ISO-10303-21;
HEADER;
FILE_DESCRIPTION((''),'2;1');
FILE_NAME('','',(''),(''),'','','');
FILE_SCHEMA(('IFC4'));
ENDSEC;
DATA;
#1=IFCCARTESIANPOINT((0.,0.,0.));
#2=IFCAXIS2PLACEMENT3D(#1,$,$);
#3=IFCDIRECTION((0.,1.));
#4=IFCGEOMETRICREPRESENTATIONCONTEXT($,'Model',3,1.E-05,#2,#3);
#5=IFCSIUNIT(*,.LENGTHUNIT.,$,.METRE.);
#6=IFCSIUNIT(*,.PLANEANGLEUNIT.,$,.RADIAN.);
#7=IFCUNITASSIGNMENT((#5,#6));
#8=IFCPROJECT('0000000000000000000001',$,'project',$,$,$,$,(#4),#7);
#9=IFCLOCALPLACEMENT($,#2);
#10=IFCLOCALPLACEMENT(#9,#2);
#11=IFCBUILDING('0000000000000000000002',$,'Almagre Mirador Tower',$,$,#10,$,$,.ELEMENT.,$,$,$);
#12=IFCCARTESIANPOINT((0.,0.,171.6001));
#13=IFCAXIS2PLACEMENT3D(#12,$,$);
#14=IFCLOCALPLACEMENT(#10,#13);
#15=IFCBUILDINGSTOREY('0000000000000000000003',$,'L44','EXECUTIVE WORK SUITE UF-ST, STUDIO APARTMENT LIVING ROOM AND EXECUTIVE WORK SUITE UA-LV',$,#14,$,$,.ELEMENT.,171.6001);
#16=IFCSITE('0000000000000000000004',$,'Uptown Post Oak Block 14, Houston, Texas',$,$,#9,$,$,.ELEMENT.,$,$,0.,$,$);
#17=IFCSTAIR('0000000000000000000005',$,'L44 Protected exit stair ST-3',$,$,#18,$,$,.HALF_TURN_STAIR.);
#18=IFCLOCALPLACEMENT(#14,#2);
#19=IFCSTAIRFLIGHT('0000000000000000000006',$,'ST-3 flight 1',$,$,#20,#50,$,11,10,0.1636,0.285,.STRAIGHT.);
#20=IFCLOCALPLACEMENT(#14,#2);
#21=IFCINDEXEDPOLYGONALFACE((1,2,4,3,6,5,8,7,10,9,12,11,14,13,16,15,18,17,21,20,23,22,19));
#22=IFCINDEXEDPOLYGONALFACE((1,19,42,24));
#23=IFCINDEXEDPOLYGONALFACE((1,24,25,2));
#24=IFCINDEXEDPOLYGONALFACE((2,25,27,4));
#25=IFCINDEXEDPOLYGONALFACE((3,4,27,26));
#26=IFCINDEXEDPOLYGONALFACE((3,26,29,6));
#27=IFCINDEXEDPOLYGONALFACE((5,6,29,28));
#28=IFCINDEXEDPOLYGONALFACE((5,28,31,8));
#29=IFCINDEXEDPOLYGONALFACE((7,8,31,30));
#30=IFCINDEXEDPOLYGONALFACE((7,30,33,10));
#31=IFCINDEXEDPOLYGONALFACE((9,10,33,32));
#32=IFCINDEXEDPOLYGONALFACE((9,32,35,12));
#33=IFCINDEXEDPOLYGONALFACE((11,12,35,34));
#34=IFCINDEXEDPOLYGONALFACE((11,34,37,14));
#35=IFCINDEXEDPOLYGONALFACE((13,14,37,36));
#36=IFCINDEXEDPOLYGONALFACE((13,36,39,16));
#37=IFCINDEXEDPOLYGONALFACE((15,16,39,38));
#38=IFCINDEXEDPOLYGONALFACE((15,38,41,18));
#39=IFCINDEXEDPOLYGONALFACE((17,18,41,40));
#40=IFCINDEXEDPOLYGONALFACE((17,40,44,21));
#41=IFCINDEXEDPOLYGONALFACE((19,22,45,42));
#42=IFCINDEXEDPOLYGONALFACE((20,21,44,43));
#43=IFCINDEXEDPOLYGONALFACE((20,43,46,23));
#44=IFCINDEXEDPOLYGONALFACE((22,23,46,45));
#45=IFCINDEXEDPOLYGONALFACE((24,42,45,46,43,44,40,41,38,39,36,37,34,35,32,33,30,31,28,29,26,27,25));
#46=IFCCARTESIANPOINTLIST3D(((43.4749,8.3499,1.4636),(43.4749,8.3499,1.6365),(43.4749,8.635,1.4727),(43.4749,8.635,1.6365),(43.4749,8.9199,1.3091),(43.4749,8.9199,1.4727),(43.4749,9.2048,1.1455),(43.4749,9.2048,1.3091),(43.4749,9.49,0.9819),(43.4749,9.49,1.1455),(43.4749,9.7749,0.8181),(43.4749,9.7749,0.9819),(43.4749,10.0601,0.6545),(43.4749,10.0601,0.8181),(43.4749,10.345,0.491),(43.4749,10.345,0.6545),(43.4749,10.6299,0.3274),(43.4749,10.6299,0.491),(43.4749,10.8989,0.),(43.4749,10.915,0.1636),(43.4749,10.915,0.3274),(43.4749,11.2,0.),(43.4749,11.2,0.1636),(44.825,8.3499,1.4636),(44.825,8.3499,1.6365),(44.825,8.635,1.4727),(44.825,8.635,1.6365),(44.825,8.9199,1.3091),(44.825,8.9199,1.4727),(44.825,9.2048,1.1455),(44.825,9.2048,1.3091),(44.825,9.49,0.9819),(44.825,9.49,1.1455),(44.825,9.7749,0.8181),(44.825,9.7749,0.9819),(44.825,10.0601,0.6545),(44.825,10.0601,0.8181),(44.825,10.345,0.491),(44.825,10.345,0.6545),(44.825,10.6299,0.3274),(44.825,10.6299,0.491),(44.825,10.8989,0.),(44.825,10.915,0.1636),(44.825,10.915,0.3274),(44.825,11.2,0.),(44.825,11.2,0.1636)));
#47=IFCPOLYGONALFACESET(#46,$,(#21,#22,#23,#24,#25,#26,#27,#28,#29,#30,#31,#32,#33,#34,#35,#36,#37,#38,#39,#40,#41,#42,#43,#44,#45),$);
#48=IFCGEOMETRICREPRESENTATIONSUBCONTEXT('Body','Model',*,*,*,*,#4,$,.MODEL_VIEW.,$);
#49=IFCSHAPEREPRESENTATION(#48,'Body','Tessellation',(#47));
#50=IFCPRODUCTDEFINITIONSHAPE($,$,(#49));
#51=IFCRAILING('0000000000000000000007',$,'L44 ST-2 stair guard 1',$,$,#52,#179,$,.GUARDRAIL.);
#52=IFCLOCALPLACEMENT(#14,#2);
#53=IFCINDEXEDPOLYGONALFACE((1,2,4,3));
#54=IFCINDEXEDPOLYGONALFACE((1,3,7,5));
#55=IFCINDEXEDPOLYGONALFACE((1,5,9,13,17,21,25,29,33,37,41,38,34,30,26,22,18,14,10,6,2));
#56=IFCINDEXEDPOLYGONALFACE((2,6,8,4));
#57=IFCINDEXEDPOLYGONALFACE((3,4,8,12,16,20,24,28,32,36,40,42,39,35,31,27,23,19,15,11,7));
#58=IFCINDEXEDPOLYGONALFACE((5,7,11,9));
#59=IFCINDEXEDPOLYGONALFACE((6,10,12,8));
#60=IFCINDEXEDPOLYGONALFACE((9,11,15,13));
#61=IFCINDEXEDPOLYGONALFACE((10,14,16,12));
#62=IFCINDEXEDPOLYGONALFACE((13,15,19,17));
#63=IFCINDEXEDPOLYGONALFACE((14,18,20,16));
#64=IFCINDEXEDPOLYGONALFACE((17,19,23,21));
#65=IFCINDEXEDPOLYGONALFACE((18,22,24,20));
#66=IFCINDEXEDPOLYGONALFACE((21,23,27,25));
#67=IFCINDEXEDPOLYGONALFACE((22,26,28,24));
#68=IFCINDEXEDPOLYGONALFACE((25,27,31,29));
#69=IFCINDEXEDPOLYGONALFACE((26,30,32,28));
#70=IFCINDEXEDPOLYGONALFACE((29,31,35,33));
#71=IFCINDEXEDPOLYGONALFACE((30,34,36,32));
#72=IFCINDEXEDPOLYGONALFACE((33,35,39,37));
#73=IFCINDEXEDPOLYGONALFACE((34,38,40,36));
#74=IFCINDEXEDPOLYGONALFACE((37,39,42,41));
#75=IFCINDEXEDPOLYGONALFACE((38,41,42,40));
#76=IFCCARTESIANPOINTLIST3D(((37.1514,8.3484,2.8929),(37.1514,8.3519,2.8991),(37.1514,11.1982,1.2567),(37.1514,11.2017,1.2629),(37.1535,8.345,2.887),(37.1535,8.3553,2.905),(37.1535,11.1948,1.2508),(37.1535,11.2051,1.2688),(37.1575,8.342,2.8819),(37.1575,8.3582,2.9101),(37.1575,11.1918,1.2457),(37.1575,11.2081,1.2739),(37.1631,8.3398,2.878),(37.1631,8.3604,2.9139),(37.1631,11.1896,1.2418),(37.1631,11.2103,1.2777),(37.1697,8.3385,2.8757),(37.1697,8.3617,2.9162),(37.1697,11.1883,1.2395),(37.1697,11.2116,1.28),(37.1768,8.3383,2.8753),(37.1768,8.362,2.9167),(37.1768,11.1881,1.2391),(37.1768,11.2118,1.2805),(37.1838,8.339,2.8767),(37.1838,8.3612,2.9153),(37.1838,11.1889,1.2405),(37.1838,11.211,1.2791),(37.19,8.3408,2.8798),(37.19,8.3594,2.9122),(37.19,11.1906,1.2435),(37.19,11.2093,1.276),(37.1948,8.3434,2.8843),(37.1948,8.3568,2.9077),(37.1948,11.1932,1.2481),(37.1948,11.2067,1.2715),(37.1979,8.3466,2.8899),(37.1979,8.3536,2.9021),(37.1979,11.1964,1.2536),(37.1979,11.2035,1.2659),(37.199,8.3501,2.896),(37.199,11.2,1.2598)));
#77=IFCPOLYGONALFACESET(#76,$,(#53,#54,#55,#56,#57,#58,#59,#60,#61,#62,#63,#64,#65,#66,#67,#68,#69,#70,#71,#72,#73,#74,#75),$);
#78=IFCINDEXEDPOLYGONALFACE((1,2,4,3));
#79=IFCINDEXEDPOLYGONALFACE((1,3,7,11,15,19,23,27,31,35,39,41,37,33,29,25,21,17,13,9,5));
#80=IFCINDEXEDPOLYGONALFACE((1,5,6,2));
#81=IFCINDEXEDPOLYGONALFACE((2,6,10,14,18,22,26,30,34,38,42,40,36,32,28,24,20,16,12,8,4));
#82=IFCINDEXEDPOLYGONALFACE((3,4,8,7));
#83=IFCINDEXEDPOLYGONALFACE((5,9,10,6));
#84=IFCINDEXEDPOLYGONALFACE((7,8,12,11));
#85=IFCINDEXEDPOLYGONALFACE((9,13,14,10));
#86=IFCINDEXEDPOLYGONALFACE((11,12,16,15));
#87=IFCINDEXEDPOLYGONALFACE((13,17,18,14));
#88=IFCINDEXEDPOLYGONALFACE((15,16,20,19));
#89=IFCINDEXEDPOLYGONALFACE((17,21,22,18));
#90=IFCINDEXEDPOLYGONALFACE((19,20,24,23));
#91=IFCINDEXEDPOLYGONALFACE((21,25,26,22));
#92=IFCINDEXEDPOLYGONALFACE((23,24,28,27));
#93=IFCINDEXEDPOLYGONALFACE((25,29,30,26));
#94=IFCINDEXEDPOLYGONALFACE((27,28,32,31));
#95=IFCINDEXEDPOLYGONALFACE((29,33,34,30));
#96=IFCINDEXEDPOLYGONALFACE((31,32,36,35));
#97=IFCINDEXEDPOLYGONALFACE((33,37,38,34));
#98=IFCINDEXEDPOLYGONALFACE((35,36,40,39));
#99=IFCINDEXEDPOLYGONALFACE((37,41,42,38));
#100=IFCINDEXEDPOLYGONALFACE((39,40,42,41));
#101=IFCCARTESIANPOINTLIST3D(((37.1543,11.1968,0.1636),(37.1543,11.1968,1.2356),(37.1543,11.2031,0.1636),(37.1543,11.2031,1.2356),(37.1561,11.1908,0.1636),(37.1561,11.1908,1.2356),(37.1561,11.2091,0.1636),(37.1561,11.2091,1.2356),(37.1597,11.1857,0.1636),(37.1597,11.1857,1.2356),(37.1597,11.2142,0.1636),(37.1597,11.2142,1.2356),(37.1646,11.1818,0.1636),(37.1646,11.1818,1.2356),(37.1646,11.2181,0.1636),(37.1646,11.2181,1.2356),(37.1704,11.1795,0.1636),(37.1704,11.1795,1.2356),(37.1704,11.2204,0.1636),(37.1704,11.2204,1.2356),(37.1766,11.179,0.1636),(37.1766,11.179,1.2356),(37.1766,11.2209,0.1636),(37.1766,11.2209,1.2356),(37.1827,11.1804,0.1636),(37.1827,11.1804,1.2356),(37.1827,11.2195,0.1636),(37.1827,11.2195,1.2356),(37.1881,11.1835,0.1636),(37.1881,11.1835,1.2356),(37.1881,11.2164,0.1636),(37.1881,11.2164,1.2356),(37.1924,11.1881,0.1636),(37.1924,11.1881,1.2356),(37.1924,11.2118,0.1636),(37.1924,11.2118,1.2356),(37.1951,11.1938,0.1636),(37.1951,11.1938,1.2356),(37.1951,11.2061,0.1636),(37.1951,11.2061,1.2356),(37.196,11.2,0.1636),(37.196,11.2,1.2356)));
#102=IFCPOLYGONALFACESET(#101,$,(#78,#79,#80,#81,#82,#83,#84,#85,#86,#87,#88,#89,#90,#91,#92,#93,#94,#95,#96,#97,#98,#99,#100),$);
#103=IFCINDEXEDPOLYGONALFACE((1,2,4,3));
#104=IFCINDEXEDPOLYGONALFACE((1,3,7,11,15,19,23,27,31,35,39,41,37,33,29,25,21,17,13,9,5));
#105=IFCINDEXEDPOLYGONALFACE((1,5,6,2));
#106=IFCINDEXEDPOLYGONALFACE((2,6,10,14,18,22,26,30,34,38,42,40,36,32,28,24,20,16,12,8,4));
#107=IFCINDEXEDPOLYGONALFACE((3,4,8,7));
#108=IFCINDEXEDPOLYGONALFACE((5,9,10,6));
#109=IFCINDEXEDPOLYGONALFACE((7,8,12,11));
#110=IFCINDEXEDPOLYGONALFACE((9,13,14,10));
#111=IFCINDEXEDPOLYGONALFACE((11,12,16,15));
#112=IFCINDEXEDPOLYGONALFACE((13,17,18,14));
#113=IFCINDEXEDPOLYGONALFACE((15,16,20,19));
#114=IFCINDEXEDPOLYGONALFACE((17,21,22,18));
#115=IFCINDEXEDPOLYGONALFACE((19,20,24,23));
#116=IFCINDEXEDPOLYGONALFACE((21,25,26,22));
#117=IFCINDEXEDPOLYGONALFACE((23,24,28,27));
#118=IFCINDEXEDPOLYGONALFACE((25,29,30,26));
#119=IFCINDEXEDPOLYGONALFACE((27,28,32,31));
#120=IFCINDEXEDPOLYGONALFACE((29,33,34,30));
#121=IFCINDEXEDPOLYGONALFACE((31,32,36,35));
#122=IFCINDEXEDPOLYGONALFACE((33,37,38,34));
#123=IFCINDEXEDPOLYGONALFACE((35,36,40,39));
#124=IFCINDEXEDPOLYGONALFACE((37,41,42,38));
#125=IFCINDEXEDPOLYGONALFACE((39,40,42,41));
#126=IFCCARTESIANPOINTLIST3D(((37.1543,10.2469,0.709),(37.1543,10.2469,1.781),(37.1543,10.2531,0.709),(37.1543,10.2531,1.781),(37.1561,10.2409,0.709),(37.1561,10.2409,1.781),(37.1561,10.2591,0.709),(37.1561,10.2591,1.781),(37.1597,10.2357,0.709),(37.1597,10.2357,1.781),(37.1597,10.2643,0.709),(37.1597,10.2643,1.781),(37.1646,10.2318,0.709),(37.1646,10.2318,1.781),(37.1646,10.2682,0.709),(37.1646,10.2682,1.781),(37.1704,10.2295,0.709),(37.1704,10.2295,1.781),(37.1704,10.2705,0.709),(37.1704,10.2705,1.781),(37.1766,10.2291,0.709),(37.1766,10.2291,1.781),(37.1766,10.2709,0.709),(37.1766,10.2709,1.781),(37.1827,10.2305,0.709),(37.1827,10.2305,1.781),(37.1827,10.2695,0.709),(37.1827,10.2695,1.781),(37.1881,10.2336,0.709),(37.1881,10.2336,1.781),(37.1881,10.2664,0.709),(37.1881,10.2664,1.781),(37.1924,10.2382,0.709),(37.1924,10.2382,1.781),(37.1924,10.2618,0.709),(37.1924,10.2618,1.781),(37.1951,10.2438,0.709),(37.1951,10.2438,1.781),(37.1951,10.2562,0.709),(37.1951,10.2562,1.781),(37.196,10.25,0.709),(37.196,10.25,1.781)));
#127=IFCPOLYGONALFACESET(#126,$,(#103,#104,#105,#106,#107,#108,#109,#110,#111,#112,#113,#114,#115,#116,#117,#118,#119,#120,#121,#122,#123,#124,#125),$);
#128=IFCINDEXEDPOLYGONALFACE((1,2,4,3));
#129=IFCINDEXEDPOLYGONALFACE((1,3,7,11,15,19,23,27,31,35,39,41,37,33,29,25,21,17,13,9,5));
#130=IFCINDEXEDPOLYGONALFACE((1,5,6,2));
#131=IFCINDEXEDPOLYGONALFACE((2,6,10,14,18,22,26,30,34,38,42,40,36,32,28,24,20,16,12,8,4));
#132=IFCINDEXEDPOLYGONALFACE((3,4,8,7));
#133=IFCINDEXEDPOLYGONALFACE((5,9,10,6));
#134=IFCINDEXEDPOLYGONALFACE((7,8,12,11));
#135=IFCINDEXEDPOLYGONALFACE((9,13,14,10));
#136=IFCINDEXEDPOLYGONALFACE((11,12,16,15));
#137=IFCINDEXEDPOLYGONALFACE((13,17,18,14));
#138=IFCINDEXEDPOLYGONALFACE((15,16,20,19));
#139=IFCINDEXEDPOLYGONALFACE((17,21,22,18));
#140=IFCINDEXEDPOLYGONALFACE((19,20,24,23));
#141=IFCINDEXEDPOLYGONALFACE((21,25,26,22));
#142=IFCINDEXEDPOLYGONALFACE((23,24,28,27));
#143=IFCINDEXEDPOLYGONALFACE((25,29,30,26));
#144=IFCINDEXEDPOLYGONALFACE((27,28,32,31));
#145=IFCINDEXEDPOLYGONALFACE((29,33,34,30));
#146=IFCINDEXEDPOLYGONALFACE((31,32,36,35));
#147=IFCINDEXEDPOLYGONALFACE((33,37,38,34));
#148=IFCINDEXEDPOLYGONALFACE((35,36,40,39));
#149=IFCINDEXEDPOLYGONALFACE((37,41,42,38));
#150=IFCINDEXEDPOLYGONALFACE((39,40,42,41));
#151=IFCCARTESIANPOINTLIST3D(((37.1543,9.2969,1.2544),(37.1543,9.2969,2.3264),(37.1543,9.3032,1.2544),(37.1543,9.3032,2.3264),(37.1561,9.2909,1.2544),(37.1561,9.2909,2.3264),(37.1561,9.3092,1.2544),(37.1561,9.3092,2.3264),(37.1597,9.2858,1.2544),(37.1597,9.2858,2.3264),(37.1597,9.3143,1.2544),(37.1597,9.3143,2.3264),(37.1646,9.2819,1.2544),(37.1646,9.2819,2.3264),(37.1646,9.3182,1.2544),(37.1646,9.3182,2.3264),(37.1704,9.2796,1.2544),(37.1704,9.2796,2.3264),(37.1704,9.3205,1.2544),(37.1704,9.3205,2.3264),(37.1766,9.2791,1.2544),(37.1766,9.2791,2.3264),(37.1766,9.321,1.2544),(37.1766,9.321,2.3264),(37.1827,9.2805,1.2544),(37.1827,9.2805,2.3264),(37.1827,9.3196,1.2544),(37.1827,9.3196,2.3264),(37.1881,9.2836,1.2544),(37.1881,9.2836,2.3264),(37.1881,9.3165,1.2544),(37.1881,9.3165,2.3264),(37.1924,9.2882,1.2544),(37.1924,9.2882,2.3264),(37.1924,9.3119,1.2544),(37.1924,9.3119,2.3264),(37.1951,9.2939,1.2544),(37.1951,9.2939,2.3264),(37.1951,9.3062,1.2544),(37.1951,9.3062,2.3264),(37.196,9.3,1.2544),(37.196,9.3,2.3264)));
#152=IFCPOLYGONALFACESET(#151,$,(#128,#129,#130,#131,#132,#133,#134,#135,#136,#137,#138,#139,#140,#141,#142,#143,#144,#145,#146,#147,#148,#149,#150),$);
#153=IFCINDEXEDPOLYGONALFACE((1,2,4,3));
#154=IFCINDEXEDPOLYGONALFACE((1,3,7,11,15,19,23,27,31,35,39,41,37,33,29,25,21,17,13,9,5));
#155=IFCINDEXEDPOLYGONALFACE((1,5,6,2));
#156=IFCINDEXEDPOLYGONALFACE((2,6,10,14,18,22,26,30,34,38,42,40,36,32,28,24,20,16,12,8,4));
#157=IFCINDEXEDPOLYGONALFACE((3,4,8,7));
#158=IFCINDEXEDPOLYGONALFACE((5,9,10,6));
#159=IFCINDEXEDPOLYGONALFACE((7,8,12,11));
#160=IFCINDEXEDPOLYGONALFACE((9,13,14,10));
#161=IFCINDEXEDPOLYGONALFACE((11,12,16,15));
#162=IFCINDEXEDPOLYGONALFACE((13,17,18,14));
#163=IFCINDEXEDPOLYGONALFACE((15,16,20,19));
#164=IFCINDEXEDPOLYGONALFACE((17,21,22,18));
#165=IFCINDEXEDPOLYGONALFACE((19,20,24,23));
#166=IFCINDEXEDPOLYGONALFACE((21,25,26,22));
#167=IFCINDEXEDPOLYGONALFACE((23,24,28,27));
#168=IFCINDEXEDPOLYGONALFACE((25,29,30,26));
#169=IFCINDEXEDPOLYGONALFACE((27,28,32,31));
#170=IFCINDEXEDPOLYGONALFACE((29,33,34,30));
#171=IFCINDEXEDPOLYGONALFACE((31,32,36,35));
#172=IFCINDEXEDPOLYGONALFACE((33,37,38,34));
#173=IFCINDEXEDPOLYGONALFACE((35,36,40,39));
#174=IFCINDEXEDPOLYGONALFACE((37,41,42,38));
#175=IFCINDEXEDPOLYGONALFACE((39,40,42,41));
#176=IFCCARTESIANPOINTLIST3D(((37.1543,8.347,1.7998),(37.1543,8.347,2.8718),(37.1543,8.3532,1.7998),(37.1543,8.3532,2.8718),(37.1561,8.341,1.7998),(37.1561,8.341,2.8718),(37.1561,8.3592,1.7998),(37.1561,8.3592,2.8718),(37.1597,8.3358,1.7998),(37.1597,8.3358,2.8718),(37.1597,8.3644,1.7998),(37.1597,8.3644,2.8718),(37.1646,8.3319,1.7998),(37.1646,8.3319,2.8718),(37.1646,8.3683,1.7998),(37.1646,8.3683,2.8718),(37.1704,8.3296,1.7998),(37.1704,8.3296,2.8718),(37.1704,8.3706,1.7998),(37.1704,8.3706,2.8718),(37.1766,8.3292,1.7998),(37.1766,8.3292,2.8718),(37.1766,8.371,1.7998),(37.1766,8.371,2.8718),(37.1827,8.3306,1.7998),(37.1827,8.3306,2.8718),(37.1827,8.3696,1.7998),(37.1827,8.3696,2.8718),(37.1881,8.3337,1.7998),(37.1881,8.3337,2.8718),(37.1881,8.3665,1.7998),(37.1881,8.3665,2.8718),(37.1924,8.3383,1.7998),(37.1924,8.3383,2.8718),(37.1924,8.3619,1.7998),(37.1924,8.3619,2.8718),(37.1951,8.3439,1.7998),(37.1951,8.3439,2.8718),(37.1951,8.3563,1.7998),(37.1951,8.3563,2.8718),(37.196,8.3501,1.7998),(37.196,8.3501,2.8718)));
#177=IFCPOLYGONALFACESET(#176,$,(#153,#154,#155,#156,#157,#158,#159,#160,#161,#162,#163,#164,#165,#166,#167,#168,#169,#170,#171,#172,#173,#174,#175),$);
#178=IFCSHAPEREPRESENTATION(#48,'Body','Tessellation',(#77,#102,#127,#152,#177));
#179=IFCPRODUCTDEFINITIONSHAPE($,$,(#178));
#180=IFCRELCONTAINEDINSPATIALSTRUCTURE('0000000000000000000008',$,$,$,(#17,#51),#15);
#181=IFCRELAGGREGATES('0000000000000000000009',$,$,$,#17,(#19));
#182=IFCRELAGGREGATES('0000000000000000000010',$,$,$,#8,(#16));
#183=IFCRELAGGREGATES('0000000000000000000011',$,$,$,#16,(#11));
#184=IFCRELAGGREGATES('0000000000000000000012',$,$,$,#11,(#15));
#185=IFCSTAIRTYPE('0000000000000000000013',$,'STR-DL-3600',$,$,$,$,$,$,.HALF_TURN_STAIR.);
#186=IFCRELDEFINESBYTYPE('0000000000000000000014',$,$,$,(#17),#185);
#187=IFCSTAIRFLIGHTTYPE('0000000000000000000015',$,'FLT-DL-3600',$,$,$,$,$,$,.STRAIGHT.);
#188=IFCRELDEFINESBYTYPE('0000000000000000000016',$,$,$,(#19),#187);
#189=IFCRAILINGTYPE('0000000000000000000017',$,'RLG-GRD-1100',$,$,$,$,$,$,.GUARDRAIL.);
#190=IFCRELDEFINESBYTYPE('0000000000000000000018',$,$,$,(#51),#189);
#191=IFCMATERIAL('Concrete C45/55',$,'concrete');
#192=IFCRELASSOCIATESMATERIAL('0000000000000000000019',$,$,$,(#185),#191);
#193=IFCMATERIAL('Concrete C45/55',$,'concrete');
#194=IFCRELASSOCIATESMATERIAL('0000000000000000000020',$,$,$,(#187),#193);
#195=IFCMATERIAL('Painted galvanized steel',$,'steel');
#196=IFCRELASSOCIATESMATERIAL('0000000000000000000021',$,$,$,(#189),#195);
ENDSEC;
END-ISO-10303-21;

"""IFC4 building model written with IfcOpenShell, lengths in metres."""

from ifc_helpers import new_model, si_unit, direction, frame, origin, origin_2d, place, context, subcontext, project, spatial, polyline, circle, outline, extrude, material, type_object, element, aggregate, save


model = new_model("IFC4")

# Units and contexts
model_context = context("Model", 3, precision=1e-05, world=origin(), true_north=direction((0.0, 1.0)))
body_context = subcontext(model_context, "Body", "Model", "MODEL_VIEW")
ifc_project = project(units=[si_unit("LENGTHUNIT", "METRE"), si_unit("PLANEANGLEUNIT", "RADIAN")], contexts=[model_context])

# Site, building, storey
site_placement = place(None, origin())
site = spatial("IfcSite", under=ifc_project, at=site_placement, Name="Uptown Post Oak Block 14, Houston, Texas", CompositionType="ELEMENT", RefElevation=0.0)
building_placement = place(site_placement, origin())
building = spatial("IfcBuilding", under=site, at=building_placement, Name="Almagre Mirador Tower", CompositionType="ELEMENT")
storey_placement = place(building_placement, frame((0.0, 0.0, 171.6001)))
storey = spatial("IfcBuildingStorey", under=building, at=storey_placement, Name="L44", Description="EXECUTIVE WORK SUITE UF-ST, STUDIO APARTMENT LIVING ROOM AND EXECUTIVE WORK SUITE UA-LV", CompositionType="ELEMENT", Elevation=171.6001)

# Shared definitions
ifc_material_1 = material(Name="Concrete C45/55", Category="concrete")
stair_type = type_object("IfcStairType", Name="STR-DL-3600", PredefinedType="HALF_TURN_STAIR", material=ifc_material_1)
ifc_material_2 = material(Name="Concrete C45/55", Category="concrete")
stair_flight_type = type_object("IfcStairFlightType", Name="FLT-DL-3600", PredefinedType="STRAIGHT", material=ifc_material_2)

# Stair, stair flight
stair_1_placement = place(storey_placement, origin())
stair_1 = element("IfcStair", 1, at=stair_1_placement, inside=storey, type_object=stair_type, Name="L44 Protected exit stair ST-3", PredefinedType="HALF_TURN_STAIR")
stair_flight_1_placement = place(storey_placement, frame((44.1499, 11.2, 0.0), z_axis=(0.0, 0.0, 1.0), x_axis=(0.0, -1.0, 0.0)))
stair_flight_1 = element("IfcStairFlight", 2, at=stair_flight_1_placement, type_object=stair_flight_type, Name="ST-3 flight 1", NumberOfRisers=11, NumberOfTreads=10, PredefinedType="STRAIGHT", RiserHeight=0.1636, TreadLength=0.285, context=body_context, shape_type="SweptSolid", body=[
    extrude(outline(polyline([(0.0, 0.0), (0.0, 0.1636), (0.2849, 0.1636), (0.2849, 0.3274), (0.5701, 0.3274), (0.5701, 0.491), (0.855, 0.491), (0.855, 0.6545), (1.1399, 0.6545), (1.1399, 0.8181), (1.425, 0.8181), (1.425, 0.9819), (1.71, 0.9819), (1.71, 1.1455), (1.9951, 1.1455), (1.9951, 1.3091), (2.28, 1.3091), (2.28, 1.4727), (2.5649, 1.4727), (2.5649, 1.6365), (2.8501, 1.6365), (2.8501, 1.8), (2.8501, 1.4636), (0.301, 0.0), (0.0, 0.0)])), frame((0.0, 0.675, 0.0), z_axis=(0.0, -1.0, 0.0), x_axis=(1.0, 0.0, 0.0)), (0.0, 0.0, 1.0), 1.3501),
])
aggregate(stair_1, [stair_flight_1])

# Railing
ifc_material_3 = material(Name="Painted galvanized steel", Category="steel")
railing_type_1 = type_object("IfcRailingType", Name="RLG-GRD-1100", PredefinedType="GUARDRAIL", material=ifc_material_3)
railing_1_placement = place(storey_placement, frame((37.175, 11.2, 0.1636)))
element("IfcRailing", 3, at=railing_1_placement, inside=storey, type_object=railing_type_1, Name="L44 ST-2 stair guard 1", PredefinedType="GUARDRAIL", context=body_context, shape_type="SweptSolid", body=[
    extrude(circle(Radius=0.0239, at=origin_2d()), frame((0.0, 0.0, 1.0962), z_axis=(0.0, -0.867226, 0.497914), x_axis=(1.0, 0.0, 0.0)), (0.0, 0.0, 1.0), 3.2861),
    extrude(circle(Radius=0.021, at=origin_2d()), origin(), (0.0, 0.0, 1.0), 1.072),
    extrude(circle(Radius=0.021, at=origin_2d()), frame((0.0, -0.95, 0.5454)), (0.0, 0.0, 1.0), 1.072),
    extrude(circle(Radius=0.021, at=origin_2d()), frame((0.0, -1.8999, 1.0908)), (0.0, 0.0, 1.0), 1.072),
    extrude(circle(Radius=0.021, at=origin_2d()), frame((0.0, -2.8499, 1.6362)), (0.0, 0.0, 1.0), 1.072),
])

save(model, "model.ifc")
